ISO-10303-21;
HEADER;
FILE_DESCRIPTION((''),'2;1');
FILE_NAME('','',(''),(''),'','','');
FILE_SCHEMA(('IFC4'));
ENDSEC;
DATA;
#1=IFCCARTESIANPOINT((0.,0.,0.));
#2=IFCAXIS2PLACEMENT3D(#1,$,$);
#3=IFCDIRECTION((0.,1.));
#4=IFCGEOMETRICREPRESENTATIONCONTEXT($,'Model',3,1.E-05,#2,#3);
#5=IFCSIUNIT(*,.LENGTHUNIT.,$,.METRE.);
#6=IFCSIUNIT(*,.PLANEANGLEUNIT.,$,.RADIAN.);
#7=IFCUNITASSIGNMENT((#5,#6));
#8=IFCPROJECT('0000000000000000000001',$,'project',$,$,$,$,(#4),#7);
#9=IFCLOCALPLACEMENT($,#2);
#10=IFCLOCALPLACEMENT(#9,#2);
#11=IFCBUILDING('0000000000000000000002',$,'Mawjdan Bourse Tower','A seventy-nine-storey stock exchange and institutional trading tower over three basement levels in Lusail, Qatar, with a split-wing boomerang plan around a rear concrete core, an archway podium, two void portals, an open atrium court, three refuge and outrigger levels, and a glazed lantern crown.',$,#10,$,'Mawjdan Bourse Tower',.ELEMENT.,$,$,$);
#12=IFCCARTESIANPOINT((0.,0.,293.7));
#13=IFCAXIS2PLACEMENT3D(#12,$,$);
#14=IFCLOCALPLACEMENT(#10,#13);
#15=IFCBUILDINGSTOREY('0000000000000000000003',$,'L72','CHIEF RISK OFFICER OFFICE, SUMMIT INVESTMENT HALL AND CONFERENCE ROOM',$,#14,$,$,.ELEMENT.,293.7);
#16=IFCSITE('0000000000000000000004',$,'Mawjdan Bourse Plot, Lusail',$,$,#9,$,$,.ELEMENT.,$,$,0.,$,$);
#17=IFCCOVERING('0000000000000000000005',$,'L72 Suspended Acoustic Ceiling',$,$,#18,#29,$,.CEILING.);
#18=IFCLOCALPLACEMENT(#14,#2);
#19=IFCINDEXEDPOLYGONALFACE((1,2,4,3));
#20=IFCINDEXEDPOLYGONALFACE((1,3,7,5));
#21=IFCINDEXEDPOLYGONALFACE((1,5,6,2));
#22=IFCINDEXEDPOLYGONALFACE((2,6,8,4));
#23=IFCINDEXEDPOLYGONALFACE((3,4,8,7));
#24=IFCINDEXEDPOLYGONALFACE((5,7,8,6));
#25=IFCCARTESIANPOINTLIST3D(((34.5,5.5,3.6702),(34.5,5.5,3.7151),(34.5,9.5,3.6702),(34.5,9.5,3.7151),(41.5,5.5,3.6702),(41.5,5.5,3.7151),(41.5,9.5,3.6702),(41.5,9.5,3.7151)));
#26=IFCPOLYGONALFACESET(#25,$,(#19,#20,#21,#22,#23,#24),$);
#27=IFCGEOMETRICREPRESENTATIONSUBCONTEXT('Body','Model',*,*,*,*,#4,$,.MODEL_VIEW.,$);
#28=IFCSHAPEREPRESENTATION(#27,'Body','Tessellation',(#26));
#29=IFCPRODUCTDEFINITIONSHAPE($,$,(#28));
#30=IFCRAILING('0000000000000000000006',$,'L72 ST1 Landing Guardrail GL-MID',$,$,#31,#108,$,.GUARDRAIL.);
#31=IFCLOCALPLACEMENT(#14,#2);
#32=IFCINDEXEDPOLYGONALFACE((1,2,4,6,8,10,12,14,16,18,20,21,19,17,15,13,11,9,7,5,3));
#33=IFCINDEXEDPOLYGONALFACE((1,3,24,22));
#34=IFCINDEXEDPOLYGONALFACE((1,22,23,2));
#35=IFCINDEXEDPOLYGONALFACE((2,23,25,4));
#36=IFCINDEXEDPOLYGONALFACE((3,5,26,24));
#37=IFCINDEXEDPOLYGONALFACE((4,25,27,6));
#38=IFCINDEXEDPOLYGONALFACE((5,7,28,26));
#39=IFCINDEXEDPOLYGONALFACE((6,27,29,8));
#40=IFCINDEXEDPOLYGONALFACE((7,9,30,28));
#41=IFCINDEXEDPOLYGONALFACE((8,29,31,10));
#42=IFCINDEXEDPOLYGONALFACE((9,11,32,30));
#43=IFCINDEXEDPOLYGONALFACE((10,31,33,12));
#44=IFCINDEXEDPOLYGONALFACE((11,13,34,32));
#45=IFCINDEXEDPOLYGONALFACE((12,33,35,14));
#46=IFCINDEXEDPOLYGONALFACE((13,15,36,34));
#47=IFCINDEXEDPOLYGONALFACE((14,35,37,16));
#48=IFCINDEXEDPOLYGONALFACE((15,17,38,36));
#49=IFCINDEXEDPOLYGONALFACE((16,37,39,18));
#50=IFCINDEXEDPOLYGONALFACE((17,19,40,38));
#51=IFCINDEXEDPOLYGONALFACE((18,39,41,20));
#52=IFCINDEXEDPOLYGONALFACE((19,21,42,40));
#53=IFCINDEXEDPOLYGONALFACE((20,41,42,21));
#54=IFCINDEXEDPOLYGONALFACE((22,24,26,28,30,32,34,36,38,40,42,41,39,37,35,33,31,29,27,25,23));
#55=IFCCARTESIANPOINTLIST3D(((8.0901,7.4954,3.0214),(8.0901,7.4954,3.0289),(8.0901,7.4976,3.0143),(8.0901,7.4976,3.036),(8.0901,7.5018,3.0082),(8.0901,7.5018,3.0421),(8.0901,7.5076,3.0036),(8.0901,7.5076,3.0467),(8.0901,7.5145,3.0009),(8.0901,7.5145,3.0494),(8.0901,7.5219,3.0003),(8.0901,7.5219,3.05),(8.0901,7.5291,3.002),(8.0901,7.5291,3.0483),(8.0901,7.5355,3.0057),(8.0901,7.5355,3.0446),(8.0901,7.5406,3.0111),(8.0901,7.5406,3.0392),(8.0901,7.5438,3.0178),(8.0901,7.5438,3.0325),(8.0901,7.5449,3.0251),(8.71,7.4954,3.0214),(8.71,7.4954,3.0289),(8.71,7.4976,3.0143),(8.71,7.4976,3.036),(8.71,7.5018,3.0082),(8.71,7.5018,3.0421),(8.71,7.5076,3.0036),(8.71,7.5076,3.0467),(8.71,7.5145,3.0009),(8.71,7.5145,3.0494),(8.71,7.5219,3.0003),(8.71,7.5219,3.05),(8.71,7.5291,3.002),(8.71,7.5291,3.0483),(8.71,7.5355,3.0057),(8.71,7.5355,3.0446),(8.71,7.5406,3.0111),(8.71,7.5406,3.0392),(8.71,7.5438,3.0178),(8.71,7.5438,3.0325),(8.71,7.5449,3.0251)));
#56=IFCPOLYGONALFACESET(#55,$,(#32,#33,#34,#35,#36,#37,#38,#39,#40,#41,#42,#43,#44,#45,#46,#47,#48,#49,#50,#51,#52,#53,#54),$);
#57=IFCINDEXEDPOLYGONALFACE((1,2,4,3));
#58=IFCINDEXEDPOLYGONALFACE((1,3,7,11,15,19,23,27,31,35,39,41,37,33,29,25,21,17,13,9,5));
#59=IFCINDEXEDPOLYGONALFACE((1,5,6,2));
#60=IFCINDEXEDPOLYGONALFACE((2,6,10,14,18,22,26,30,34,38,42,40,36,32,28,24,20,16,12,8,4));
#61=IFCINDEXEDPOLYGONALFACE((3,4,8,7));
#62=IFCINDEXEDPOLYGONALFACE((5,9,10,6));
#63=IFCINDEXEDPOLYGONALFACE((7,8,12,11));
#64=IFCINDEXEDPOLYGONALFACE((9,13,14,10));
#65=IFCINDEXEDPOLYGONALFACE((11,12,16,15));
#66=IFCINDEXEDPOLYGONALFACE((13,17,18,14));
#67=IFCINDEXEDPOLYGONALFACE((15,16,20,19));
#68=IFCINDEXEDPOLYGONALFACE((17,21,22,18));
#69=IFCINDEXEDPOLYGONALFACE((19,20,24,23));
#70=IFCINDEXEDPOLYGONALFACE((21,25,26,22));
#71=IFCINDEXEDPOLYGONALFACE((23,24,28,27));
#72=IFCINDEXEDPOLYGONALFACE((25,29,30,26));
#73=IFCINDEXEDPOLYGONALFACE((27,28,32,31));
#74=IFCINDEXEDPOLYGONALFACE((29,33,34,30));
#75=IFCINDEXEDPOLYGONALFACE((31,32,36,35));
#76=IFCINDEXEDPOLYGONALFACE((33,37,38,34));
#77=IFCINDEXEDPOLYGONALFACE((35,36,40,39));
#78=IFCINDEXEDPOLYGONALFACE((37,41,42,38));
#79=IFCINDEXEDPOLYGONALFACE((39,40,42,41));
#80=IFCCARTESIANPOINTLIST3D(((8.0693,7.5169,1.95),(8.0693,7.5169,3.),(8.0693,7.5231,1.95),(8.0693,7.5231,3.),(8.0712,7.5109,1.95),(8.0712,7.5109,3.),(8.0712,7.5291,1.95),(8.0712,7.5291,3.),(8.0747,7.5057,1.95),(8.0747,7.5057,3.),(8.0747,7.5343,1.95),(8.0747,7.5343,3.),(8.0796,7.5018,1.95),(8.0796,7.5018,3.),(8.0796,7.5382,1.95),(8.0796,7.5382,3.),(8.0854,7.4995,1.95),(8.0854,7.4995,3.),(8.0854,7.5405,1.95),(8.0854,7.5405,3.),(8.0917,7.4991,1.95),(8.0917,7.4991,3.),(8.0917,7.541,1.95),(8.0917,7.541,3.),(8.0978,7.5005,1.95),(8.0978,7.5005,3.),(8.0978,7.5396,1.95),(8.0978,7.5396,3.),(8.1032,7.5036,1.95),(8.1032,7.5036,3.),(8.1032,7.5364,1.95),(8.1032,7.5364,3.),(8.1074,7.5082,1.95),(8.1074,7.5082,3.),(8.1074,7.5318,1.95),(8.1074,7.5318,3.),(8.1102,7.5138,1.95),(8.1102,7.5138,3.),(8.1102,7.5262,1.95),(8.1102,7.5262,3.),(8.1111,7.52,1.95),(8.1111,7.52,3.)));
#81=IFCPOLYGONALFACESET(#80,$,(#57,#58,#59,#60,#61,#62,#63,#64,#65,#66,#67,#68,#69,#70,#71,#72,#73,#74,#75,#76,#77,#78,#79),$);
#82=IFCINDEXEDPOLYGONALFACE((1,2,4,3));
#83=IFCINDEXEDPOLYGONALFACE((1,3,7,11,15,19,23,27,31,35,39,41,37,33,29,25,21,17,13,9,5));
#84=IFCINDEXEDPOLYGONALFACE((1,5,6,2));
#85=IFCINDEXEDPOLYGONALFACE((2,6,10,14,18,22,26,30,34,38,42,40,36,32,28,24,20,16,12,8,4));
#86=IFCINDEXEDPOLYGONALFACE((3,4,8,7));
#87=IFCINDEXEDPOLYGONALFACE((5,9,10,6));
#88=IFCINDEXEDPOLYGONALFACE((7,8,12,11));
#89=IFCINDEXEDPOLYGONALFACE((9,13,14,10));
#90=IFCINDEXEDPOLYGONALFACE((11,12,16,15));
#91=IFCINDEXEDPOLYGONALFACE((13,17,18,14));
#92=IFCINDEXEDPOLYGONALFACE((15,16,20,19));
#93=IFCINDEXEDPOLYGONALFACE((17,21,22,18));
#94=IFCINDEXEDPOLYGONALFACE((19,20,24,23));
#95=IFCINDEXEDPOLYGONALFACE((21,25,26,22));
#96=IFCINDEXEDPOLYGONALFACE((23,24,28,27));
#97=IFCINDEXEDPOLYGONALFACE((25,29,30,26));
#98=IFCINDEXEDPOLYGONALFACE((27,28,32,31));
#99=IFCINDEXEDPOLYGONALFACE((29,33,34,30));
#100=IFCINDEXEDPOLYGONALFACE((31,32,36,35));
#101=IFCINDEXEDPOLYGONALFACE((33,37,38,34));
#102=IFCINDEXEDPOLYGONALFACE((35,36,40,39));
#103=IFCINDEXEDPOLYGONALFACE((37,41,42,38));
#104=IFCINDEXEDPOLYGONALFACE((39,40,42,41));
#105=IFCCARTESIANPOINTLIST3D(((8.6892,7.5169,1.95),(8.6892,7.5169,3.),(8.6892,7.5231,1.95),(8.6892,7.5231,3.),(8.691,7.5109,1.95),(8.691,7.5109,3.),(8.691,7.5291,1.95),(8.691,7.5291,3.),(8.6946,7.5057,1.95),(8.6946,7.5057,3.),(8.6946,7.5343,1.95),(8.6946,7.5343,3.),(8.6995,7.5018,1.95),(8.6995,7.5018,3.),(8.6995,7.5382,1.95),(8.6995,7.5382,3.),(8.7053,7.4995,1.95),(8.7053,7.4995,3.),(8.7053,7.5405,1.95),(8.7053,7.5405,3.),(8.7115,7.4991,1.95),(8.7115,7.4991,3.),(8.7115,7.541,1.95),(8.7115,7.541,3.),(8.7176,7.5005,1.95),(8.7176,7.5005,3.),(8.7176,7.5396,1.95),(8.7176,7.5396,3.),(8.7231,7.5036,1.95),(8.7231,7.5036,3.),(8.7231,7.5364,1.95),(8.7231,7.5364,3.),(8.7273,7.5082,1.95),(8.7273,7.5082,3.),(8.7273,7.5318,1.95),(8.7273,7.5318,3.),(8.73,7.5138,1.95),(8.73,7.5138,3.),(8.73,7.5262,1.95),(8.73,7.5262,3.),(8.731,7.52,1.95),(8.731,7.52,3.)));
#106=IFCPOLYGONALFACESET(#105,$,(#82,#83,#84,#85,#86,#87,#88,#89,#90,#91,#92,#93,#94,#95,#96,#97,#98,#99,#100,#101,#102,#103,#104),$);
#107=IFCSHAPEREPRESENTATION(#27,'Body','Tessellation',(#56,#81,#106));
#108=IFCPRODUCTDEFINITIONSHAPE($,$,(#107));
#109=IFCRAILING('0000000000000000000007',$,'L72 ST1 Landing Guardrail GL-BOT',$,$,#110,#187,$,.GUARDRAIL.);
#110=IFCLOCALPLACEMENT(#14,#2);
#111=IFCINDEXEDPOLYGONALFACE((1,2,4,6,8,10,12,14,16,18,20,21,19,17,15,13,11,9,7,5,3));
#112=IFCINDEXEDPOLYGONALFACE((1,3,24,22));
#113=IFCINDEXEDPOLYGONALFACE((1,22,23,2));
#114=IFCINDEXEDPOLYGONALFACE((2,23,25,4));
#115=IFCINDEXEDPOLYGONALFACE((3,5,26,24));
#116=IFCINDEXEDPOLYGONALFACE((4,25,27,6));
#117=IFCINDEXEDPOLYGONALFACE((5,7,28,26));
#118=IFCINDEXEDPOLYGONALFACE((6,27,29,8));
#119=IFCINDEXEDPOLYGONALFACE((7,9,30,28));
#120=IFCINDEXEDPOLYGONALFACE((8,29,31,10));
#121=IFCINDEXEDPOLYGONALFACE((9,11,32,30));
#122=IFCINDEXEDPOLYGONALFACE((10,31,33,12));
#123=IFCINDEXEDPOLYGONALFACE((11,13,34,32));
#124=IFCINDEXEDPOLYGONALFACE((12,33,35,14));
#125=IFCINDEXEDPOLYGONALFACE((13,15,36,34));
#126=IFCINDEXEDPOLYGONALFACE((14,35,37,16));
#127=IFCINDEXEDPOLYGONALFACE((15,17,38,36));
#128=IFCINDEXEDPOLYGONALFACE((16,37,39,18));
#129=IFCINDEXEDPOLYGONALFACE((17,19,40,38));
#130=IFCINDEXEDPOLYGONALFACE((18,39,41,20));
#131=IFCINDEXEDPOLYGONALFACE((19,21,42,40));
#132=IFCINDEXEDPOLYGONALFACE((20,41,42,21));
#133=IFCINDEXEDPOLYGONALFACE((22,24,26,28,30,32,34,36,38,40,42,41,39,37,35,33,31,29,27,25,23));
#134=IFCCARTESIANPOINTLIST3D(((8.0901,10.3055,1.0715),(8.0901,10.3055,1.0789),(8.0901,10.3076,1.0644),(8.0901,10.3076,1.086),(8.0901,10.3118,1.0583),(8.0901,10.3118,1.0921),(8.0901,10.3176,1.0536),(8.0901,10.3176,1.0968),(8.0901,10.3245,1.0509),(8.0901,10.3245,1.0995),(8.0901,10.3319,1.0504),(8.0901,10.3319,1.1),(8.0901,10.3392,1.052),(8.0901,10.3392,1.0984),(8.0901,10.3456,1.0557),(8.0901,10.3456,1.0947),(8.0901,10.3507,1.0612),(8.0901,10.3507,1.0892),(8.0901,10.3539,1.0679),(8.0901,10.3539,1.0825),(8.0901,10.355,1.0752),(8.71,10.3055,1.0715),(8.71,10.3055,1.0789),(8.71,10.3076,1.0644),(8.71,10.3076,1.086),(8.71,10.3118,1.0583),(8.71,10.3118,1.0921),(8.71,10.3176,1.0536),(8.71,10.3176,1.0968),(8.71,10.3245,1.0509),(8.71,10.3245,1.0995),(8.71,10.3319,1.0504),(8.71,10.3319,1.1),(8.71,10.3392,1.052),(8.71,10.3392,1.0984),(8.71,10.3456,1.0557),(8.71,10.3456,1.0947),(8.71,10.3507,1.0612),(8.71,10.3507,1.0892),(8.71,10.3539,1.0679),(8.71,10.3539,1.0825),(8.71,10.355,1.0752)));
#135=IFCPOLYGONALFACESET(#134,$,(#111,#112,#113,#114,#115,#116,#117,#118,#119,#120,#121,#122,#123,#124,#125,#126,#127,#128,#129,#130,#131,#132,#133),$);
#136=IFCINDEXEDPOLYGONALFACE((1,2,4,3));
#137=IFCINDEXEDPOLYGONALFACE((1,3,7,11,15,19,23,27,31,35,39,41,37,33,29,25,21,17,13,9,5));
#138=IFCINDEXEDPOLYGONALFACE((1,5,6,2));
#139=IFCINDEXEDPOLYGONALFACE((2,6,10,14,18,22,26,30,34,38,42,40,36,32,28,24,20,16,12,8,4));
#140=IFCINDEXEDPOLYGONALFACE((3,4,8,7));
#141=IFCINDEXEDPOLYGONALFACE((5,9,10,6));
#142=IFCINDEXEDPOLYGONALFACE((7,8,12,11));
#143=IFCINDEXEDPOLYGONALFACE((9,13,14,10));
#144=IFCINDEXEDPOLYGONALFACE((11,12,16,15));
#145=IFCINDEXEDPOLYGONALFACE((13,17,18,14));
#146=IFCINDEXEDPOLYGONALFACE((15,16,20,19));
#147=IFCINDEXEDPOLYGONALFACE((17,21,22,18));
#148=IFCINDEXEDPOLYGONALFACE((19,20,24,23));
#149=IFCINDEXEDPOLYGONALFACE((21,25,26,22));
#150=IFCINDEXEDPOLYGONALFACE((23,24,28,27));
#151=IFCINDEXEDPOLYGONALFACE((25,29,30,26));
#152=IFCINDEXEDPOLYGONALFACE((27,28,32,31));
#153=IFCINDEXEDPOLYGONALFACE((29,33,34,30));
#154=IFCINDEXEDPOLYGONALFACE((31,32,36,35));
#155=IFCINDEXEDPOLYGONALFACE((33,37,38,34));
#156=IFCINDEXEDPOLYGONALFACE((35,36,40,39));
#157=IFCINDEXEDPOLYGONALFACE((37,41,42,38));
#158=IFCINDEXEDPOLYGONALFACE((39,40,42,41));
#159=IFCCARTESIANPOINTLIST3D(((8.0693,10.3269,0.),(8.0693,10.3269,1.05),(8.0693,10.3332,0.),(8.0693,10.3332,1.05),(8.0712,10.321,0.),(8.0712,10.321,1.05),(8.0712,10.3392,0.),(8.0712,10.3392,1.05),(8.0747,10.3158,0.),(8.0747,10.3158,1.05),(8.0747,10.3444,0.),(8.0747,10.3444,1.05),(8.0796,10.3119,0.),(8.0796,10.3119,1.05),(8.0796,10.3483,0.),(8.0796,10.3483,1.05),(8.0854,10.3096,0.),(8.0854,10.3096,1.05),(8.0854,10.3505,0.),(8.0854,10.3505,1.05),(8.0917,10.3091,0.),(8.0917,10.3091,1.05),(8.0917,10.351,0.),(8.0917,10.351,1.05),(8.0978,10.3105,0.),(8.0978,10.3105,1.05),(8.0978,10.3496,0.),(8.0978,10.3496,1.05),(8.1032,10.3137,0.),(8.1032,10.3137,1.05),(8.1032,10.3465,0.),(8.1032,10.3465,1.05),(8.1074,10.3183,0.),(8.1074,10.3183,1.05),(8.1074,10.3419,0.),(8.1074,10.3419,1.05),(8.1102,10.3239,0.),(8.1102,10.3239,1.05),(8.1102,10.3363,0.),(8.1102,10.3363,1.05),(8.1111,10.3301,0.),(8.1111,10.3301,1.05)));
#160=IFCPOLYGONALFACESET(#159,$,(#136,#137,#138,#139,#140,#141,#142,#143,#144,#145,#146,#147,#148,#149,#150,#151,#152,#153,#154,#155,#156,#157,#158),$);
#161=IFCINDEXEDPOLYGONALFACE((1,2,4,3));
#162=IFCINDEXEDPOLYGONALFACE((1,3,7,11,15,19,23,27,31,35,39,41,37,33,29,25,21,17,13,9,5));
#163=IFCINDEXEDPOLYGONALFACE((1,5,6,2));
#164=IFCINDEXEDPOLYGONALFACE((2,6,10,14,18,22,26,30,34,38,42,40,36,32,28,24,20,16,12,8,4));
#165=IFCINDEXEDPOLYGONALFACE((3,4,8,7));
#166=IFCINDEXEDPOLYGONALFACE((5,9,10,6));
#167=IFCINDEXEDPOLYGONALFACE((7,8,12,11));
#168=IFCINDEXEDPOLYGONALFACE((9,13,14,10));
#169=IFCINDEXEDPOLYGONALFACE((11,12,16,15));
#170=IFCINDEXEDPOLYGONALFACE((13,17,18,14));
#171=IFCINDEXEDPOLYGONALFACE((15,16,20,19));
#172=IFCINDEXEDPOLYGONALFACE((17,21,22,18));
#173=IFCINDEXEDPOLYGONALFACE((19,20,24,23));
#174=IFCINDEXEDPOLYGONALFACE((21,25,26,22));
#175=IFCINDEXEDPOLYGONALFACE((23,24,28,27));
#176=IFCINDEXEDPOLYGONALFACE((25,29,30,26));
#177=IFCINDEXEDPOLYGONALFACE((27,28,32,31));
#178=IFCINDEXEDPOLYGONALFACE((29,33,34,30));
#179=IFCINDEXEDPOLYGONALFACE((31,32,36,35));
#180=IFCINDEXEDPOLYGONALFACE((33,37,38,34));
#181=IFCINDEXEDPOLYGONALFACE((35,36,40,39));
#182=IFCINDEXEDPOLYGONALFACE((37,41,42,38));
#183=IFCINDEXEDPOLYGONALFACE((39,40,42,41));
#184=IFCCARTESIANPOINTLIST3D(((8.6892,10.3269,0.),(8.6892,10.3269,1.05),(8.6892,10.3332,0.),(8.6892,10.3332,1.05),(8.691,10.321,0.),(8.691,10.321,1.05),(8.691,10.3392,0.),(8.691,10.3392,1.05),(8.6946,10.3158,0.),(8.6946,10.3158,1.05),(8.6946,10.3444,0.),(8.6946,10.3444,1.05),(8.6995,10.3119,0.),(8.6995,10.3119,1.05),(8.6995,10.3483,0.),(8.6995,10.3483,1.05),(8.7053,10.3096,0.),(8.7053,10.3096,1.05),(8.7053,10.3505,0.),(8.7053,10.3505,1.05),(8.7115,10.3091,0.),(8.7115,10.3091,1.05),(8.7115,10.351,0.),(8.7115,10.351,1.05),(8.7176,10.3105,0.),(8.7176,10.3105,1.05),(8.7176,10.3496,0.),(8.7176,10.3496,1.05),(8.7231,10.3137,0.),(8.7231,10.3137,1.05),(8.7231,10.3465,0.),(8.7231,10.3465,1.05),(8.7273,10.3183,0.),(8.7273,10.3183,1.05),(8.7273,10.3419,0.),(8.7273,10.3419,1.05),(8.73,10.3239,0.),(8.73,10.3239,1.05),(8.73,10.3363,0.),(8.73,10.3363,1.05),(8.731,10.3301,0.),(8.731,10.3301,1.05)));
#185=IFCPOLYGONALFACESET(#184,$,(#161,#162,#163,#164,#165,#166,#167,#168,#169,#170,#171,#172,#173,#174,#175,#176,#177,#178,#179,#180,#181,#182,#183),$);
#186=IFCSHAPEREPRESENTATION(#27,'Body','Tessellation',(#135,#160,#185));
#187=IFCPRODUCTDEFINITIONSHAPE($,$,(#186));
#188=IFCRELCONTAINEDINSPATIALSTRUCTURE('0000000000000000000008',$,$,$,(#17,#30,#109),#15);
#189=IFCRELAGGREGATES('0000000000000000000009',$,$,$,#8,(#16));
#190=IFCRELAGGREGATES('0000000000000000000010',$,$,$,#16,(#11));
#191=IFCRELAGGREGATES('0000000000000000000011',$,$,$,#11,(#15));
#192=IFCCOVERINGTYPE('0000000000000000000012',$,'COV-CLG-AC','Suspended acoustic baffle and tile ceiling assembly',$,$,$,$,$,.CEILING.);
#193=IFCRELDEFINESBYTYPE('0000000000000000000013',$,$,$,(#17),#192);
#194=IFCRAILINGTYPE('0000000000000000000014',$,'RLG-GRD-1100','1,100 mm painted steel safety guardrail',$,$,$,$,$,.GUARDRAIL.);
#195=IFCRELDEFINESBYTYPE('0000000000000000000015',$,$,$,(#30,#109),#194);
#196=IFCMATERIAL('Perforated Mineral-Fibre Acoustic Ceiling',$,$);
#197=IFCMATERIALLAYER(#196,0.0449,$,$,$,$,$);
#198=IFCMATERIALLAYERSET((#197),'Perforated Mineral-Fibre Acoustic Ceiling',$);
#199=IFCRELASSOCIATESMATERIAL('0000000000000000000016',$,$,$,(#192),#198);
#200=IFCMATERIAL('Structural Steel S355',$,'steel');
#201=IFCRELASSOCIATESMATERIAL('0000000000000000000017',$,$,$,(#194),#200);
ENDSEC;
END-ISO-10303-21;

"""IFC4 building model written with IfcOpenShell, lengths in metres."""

from ifc_helpers import new_model, si_unit, direction, frame, origin, origin_2d, place, context, subcontext, project, spatial, polyline, circle, outline, extrude, material, layer, layer_set, type_object, element, save


model = new_model("IFC4")

# Units and contexts
model_context = context("Model", 3, precision=1e-05, world=origin(), true_north=direction((0.0, 1.0)))
body_context = subcontext(model_context, "Body", "Model", "MODEL_VIEW")
ifc_project = project(units=[si_unit("LENGTHUNIT", "METRE"), si_unit("PLANEANGLEUNIT", "RADIAN")], contexts=[model_context])

# Site, building, storey
site_placement = place(None, origin())
site = spatial("IfcSite", under=ifc_project, at=site_placement, Name="Mawjdan Bourse Plot, Lusail", CompositionType="ELEMENT", RefElevation=0.0)
building_placement = place(site_placement, origin())
building = spatial("IfcBuilding", under=site, at=building_placement, Name="Mawjdan Bourse Tower", Description="A seventy-nine-storey stock exchange and institutional trading tower over three basement levels in Lusail, Qatar, with a split-wing boomerang plan around a rear concrete core, an archway podium, two void portals, an open atrium court, three refuge and outrigger levels, and a glazed lantern crown.", LongName="Mawjdan Bourse Tower", CompositionType="ELEMENT")
storey_placement = place(building_placement, frame((0.0, 0.0, 293.7)))
storey = spatial("IfcBuildingStorey", under=building, at=storey_placement, Name="L72", Description="CHIEF RISK OFFICER OFFICE, SUMMIT INVESTMENT HALL AND CONFERENCE ROOM", CompositionType="ELEMENT", Elevation=293.7)

# Covering
ifc_material_1 = material(Name="Perforated Mineral-Fibre Acoustic Ceiling")
ifc_layer_1 = layer(ifc_material_1, 0.0449)
ifc_layer_set_1 = layer_set([ifc_layer_1], Name="Perforated Mineral-Fibre Acoustic Ceiling")
covering_type = type_object("IfcCoveringType", Name="COV-CLG-AC", Description="Suspended acoustic baffle and tile ceiling assembly", PredefinedType="CEILING", material=ifc_layer_set_1)
covering_placement = place(storey_placement, frame((0.0, 0.0, 3.6702)))
element("IfcCovering", 1, at=covering_placement, inside=storey, type_object=covering_type, Name="L72 Suspended Acoustic Ceiling", PredefinedType="CEILING", context=body_context, shape_type="SweptSolid", body=[
    extrude(outline(polyline([(34.5, 5.5), (41.5, 5.5), (41.5, 9.5), (34.5, 9.5), (34.5, 5.5)])), origin(), (0.0, 0.0, 1.0), 0.0449),
])

# Railings
ifc_material_2 = material(Name="Structural Steel S355", Category="steel")
railing_type_1 = type_object("IfcRailingType", Name="RLG-GRD-1100", Description="1,100 mm painted steel safety guardrail", PredefinedType="GUARDRAIL", material=ifc_material_2)
for number, where, name in (
    (2, (8.0901, 7.52, 1.95), "L72 ST1 Landing Guardrail GL-MID"),
    (3, (8.0901, 10.3301, 0.0), "L72 ST1 Landing Guardrail GL-BOT"),
):
    element("IfcRailing", number, at=place(storey_placement, frame(where)), inside=storey, type_object=railing_type_1, Name=name, PredefinedType="GUARDRAIL", context=body_context, shape_type="SweptSolid", body=[
        extrude(circle(Radius=0.0249, at=origin_2d()), frame((0.0, 0.0, 1.0752), z_axis=(1.0, 0.0, 0.0), x_axis=(0.0, 1.0, 0.0)), (0.0, 0.0, 1.0), 0.6199),
        extrude(circle(Radius=0.021, at=origin_2d()), origin(), (0.0, 0.0, 1.0), 1.05),
        extrude(circle(Radius=0.021, at=origin_2d()), frame((0.6199, 0.0, 0.0)), (0.0, 0.0, 1.0), 1.05),
    ])

save(model, "model.ifc")
